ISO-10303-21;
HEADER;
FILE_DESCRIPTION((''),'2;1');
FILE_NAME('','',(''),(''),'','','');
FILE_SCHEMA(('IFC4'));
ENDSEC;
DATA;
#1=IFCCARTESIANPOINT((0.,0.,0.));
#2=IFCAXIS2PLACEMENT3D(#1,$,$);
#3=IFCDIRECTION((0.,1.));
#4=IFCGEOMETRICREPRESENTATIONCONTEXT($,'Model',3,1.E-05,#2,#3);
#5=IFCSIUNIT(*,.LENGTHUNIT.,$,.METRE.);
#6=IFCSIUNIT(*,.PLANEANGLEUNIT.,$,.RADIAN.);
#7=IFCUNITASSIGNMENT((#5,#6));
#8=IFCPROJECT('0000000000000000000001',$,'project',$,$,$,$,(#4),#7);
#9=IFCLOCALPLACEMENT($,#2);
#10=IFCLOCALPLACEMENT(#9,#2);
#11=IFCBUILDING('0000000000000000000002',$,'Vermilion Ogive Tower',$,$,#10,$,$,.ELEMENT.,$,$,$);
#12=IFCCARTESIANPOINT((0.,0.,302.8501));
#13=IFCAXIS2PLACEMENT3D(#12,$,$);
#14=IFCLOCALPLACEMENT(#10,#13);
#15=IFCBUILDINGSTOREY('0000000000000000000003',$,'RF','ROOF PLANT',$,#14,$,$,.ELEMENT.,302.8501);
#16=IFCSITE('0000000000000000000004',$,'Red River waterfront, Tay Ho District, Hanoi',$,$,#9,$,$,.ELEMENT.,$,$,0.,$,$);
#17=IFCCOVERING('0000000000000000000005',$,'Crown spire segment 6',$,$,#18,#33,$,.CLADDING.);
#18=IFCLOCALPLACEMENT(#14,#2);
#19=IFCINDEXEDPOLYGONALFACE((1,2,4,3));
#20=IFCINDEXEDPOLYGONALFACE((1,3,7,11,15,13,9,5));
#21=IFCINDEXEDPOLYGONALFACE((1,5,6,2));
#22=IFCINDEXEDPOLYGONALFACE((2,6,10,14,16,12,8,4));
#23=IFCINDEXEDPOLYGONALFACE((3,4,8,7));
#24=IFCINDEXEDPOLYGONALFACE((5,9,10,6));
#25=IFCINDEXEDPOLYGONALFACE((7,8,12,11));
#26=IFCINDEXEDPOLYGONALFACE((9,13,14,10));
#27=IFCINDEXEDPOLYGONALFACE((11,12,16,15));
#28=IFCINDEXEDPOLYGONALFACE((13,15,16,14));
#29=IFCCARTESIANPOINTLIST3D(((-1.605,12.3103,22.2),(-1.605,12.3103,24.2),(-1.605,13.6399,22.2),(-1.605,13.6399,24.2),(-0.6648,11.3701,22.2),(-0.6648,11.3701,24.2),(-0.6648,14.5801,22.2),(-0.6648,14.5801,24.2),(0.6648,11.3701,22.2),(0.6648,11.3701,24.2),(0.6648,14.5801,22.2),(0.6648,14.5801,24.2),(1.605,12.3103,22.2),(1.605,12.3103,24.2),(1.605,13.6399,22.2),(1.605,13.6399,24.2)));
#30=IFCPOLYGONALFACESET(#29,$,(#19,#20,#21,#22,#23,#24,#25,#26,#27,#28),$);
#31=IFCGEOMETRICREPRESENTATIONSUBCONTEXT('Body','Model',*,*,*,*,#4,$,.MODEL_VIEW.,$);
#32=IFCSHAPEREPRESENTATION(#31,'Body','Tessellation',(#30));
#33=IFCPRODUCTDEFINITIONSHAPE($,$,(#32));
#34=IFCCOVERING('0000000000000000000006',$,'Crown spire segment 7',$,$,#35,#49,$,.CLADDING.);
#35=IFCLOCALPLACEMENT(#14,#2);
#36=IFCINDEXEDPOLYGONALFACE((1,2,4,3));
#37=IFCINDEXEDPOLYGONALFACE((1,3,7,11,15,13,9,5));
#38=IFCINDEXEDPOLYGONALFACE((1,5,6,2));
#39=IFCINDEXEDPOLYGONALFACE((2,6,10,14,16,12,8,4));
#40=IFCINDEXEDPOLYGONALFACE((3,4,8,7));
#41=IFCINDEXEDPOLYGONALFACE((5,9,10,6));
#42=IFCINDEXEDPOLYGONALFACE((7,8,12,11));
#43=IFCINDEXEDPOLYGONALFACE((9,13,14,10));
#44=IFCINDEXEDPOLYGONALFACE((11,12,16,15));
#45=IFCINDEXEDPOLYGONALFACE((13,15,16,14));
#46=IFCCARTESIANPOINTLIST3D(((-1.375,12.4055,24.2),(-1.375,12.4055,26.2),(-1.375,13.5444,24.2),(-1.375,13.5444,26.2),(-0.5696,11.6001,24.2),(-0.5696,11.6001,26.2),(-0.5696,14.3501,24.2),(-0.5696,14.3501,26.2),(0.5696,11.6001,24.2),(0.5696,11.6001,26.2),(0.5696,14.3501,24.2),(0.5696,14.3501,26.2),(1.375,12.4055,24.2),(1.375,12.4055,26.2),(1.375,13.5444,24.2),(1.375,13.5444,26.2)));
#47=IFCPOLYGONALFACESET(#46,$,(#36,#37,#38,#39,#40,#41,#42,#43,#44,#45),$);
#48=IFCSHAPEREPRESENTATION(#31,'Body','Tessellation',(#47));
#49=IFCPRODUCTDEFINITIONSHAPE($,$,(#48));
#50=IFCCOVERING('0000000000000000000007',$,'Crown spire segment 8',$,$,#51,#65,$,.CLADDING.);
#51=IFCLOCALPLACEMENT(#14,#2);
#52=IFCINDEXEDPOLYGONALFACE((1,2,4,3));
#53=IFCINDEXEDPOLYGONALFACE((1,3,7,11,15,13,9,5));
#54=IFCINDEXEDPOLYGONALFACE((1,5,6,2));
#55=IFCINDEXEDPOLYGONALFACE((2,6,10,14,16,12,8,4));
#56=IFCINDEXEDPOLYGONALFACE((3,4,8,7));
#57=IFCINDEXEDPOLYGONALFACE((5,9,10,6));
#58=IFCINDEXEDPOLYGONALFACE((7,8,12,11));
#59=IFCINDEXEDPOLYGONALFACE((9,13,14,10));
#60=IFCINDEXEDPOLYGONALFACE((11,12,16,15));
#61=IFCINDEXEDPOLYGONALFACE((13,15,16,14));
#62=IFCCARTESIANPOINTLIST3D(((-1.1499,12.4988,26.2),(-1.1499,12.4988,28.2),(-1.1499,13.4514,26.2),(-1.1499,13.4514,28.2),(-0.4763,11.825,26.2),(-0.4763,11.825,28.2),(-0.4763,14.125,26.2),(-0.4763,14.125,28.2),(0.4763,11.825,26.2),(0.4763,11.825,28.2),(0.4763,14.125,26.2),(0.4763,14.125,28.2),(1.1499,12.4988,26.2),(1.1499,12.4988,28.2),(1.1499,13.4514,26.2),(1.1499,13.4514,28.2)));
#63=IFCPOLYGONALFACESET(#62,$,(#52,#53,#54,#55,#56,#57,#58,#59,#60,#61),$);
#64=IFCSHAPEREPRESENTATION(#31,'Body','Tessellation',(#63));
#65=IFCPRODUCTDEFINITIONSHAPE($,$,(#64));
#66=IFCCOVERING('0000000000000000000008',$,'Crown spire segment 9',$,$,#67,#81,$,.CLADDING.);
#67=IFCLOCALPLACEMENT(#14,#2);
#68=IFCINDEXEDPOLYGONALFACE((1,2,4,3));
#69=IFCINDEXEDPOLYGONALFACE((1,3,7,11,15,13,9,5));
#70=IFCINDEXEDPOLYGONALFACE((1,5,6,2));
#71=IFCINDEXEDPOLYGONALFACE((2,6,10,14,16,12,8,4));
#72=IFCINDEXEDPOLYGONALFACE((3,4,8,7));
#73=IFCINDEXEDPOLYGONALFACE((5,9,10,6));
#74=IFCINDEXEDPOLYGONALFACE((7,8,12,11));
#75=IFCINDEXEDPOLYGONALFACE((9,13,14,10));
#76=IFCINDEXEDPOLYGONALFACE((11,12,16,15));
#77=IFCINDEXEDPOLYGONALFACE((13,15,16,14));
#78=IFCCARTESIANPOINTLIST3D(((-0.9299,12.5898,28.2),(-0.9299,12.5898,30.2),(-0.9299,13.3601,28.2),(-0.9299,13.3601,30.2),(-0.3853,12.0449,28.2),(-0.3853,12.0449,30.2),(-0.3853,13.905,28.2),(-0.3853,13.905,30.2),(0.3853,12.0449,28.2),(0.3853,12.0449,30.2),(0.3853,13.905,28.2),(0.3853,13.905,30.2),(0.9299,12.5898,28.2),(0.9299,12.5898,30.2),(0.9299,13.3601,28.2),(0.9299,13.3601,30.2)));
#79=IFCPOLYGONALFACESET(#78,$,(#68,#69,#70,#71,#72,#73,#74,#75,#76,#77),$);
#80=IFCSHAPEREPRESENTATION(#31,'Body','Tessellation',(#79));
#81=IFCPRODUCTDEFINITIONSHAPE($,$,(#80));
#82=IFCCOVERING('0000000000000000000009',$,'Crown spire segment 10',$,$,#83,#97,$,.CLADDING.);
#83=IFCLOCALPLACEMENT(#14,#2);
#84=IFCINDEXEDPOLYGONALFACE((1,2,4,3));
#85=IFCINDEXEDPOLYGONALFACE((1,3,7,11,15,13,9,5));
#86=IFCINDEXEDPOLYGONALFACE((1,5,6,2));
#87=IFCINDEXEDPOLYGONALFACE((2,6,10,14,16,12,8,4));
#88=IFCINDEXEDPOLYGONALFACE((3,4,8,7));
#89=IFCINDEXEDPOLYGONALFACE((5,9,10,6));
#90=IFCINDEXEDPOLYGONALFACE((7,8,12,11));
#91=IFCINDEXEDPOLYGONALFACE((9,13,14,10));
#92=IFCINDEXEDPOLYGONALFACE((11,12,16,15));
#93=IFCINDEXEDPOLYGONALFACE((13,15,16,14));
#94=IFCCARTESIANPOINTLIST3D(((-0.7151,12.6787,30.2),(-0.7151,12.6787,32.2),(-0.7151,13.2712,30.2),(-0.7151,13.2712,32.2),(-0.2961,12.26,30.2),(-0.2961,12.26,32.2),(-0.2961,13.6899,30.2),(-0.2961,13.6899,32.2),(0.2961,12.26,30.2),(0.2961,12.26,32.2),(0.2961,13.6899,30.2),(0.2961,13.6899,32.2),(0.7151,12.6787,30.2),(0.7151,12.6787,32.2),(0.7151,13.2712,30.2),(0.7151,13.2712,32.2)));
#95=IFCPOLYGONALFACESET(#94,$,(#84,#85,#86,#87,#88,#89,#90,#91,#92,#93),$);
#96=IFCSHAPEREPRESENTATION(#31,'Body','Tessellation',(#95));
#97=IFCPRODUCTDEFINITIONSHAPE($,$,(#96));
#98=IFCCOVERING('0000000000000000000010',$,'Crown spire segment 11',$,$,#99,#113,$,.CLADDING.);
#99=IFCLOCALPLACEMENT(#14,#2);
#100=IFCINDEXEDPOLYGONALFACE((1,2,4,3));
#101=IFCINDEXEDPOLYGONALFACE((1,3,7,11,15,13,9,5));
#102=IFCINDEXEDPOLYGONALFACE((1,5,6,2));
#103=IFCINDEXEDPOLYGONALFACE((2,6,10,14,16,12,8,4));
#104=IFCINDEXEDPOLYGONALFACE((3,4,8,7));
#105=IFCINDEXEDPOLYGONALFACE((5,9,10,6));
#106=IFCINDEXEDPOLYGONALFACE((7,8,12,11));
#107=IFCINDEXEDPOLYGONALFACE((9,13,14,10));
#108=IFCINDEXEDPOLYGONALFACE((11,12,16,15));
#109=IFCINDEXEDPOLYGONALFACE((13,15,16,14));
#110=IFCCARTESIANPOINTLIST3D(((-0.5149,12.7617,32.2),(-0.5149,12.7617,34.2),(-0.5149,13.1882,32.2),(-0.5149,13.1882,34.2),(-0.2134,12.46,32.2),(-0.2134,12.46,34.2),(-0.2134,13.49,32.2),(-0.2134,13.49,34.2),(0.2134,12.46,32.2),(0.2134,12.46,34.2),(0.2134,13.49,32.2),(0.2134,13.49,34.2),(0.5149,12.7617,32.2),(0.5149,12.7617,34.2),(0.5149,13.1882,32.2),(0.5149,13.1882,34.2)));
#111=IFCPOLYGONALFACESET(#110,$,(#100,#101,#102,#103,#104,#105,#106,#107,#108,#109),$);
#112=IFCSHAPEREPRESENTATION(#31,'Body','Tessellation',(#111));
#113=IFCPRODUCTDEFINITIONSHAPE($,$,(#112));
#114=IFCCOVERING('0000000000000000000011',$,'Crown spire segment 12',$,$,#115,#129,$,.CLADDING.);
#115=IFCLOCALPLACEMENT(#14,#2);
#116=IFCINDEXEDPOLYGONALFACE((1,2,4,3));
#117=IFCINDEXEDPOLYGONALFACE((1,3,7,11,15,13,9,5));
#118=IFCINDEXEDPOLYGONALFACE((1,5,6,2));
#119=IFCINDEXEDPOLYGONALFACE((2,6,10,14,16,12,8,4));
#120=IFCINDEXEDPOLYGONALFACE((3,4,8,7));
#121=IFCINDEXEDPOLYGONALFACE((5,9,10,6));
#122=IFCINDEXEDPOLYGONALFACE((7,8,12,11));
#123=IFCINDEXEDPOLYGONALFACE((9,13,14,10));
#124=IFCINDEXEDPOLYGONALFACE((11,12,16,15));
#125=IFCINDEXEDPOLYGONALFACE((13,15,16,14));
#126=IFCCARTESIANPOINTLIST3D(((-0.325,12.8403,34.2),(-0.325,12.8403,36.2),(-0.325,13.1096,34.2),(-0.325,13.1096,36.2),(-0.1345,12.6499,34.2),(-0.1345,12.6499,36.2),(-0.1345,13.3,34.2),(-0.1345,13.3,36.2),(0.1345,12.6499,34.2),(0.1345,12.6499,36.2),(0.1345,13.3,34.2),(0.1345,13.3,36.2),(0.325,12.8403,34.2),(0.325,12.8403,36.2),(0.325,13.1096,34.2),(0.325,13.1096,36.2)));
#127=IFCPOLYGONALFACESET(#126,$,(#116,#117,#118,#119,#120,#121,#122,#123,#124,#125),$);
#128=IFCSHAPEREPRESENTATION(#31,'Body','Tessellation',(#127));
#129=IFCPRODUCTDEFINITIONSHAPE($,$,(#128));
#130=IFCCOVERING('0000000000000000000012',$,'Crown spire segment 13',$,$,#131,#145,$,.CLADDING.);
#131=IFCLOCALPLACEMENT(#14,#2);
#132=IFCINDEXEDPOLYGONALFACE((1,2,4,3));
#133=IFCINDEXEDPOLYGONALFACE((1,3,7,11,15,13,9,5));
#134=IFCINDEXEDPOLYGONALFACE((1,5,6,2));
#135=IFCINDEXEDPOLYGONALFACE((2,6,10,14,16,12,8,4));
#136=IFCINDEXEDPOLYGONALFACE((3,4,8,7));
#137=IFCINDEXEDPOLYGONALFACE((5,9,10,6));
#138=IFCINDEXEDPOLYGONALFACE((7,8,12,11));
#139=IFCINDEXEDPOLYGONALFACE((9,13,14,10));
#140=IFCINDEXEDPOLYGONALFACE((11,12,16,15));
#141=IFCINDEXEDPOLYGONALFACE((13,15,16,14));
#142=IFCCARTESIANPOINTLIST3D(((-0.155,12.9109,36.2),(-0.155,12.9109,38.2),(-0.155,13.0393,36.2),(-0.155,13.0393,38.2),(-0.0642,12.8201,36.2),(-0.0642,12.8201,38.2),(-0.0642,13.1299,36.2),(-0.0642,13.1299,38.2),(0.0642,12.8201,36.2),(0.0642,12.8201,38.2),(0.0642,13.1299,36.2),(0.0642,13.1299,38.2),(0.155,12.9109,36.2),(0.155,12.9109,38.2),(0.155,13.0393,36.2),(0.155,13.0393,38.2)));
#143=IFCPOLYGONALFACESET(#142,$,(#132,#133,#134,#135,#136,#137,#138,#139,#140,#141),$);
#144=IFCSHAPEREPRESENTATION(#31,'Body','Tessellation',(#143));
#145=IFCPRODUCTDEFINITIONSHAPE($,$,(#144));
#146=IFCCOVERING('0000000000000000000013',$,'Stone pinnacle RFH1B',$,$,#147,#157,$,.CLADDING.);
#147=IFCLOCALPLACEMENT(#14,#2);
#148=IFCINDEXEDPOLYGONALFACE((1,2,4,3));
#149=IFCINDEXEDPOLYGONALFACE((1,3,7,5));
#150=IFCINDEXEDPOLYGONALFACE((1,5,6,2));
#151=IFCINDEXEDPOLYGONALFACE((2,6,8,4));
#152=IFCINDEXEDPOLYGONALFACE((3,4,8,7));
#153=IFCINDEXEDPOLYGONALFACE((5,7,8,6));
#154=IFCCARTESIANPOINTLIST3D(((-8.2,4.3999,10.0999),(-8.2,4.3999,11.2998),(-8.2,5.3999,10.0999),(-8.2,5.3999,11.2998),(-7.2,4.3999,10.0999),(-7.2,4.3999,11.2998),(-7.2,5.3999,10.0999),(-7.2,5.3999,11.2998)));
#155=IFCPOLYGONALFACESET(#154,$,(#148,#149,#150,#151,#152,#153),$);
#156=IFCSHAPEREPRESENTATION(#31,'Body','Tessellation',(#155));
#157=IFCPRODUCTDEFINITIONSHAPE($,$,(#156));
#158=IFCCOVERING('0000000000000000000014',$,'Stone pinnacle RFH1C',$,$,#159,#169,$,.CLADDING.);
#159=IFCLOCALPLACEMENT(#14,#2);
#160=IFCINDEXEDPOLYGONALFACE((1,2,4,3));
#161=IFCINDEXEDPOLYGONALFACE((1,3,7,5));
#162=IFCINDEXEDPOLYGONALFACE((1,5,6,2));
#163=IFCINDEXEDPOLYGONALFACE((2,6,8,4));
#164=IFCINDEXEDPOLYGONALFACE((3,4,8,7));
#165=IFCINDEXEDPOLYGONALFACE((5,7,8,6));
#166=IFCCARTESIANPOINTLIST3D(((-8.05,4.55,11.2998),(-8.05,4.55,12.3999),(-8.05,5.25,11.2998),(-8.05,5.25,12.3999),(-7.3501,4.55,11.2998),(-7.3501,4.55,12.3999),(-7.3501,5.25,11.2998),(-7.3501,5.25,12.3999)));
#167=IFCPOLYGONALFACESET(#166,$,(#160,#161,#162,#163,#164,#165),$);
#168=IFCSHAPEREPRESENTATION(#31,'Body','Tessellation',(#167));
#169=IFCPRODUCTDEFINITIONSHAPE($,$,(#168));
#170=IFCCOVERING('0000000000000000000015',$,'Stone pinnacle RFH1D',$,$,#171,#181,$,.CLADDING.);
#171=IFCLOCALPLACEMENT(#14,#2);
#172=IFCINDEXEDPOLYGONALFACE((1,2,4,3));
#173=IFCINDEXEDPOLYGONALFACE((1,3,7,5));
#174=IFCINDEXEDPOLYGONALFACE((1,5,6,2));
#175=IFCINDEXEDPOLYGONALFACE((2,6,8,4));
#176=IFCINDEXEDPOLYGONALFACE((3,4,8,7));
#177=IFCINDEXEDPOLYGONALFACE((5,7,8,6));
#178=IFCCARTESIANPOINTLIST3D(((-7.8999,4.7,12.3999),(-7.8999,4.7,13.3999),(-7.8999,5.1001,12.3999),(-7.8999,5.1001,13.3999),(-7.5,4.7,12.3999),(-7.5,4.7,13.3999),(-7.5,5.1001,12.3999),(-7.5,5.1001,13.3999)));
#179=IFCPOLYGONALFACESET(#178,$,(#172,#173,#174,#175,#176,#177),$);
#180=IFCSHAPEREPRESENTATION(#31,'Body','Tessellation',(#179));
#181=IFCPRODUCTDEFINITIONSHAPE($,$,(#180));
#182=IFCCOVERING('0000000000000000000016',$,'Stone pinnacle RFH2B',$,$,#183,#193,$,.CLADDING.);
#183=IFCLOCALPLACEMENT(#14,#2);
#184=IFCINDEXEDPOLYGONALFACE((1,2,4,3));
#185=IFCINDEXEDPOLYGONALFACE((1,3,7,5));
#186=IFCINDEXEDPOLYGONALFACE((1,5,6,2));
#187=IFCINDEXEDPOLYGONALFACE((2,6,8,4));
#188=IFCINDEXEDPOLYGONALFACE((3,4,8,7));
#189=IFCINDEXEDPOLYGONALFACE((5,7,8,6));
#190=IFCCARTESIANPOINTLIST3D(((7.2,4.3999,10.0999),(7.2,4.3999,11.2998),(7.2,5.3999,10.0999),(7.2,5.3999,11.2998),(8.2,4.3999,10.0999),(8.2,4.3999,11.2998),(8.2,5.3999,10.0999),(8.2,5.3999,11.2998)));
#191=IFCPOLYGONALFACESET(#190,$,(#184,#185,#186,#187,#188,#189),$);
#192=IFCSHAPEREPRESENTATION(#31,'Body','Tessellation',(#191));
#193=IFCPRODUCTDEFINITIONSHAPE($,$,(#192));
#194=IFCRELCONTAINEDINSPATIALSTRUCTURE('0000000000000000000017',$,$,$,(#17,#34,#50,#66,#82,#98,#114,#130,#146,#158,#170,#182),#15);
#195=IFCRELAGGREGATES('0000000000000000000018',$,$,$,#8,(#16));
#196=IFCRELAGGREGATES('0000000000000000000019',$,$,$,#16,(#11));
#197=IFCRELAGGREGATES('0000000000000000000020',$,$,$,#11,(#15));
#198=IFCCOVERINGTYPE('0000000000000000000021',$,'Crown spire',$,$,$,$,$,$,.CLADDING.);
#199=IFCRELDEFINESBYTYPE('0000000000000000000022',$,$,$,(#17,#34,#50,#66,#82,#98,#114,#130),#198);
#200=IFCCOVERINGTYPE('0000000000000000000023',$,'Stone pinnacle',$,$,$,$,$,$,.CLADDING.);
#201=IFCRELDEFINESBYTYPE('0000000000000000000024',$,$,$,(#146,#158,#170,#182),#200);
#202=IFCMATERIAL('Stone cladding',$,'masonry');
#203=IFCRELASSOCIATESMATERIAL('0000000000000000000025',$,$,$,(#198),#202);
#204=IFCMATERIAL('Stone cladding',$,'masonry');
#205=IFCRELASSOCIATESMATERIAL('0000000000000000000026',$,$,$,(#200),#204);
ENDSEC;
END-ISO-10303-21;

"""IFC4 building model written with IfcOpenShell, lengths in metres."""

from ifc_helpers import new_model, si_unit, direction, frame, origin, place, context, subcontext, project, spatial, polyline, outline, extrude, material, type_object, element, save


model = new_model("IFC4")

# Units and contexts
model_context = context("Model", 3, precision=1e-05, world=origin(), true_north=direction((0.0, 1.0)))
body_context = subcontext(model_context, "Body", "Model", "MODEL_VIEW")
ifc_project = project(units=[si_unit("LENGTHUNIT", "METRE"), si_unit("PLANEANGLEUNIT", "RADIAN")], contexts=[model_context])

# Site, building, storey
site_placement = place(None, origin())
site = spatial("IfcSite", under=ifc_project, at=site_placement, Name="Red River waterfront, Tay Ho District, Hanoi", CompositionType="ELEMENT", RefElevation=0.0)
building_placement = place(site_placement, origin())
building = spatial("IfcBuilding", under=site, at=building_placement, Name="Vermilion Ogive Tower", CompositionType="ELEMENT")
storey_placement = place(building_placement, frame((0.0, 0.0, 302.8501)))
storey = spatial("IfcBuildingStorey", under=building, at=storey_placement, Name="RF", Description="ROOF PLANT", CompositionType="ELEMENT", Elevation=302.8501)

# Coverings
ifc_material_1 = material(Name="Stone cladding", Category="masonry")
covering_type_1 = type_object("IfcCoveringType", Name="Crown spire", PredefinedType="CLADDING", material=ifc_material_1)
covering_1_placement = place(storey_placement, frame((0.0, 0.0, 22.2)))
element("IfcCovering", 1, at=covering_1_placement, inside=storey, type_object=covering_type_1, Name="Crown spire segment 6", PredefinedType="CLADDING", context=body_context, shape_type="SweptSolid", body=[
    extrude(outline(polyline([(1.605, 13.6399), (0.6648, 14.5801), (-0.6648, 14.5801), (-1.605, 13.6399), (-1.605, 12.3103), (-0.6648, 11.3701), (0.6648, 11.3701), (1.605, 12.3103), (1.605, 13.6399)])), origin(), (0.0, 0.0, 1.0), 2.0),
])
covering_2_placement = place(storey_placement, frame((0.0, 0.0, 24.2)))
element("IfcCovering", 2, at=covering_2_placement, inside=storey, type_object=covering_type_1, Name="Crown spire segment 7", PredefinedType="CLADDING", context=body_context, shape_type="SweptSolid", body=[
    extrude(outline(polyline([(1.375, 13.5444), (0.5696, 14.3501), (-0.5696, 14.3501), (-1.375, 13.5444), (-1.375, 12.4055), (-0.5696, 11.6001), (0.5696, 11.6001), (1.375, 12.4055), (1.375, 13.5444)])), origin(), (0.0, 0.0, 1.0), 2.0),
])
covering_3_placement = place(storey_placement, frame((0.0, 0.0, 26.2)))
element("IfcCovering", 3, at=covering_3_placement, inside=storey, type_object=covering_type_1, Name="Crown spire segment 8", PredefinedType="CLADDING", context=body_context, shape_type="SweptSolid", body=[
    extrude(outline(polyline([(1.1499, 13.4514), (0.4763, 14.125), (-0.4763, 14.125), (-1.1499, 13.4514), (-1.1499, 12.4988), (-0.4763, 11.825), (0.4763, 11.825), (1.1499, 12.4988), (1.1499, 13.4514)])), origin(), (0.0, 0.0, 1.0), 2.0),
])
covering_4_placement = place(storey_placement, frame((0.0, 0.0, 28.2)))
element("IfcCovering", 4, at=covering_4_placement, inside=storey, type_object=covering_type_1, Name="Crown spire segment 9", PredefinedType="CLADDING", context=body_context, shape_type="SweptSolid", body=[
    extrude(outline(polyline([(0.9299, 13.3601), (0.3853, 13.905), (-0.3853, 13.905), (-0.9299, 13.3601), (-0.9299, 12.5898), (-0.3853, 12.0449), (0.3853, 12.0449), (0.9299, 12.5898), (0.9299, 13.3601)])), origin(), (0.0, 0.0, 1.0), 2.0),
])
covering_5_placement = place(storey_placement, frame((0.0, 0.0, 30.2)))
element("IfcCovering", 5, at=covering_5_placement, inside=storey, type_object=covering_type_1, Name="Crown spire segment 10", PredefinedType="CLADDING", context=body_context, shape_type="SweptSolid", body=[
    extrude(outline(polyline([(0.7151, 13.2712), (0.2961, 13.6899), (-0.2961, 13.6899), (-0.7151, 13.2712), (-0.7151, 12.6787), (-0.2961, 12.26), (0.2961, 12.26), (0.7151, 12.6787), (0.7151, 13.2712)])), origin(), (0.0, 0.0, 1.0), 2.0),
])
covering_6_placement = place(storey_placement, frame((0.0, 0.0, 32.2)))
element("IfcCovering", 6, at=covering_6_placement, inside=storey, type_object=covering_type_1, Name="Crown spire segment 11", PredefinedType="CLADDING", context=body_context, shape_type="SweptSolid", body=[
    extrude(outline(polyline([(0.5149, 13.1882), (0.2134, 13.49), (-0.2134, 13.49), (-0.5149, 13.1882), (-0.5149, 12.7617), (-0.2134, 12.46), (0.2134, 12.46), (0.5149, 12.7617), (0.5149, 13.1882)])), origin(), (0.0, 0.0, 1.0), 2.0),
])
covering_7_placement = place(storey_placement, frame((0.0, 0.0, 34.2)))
element("IfcCovering", 7, at=covering_7_placement, inside=storey, type_object=covering_type_1, Name="Crown spire segment 12", PredefinedType="CLADDING", context=body_context, shape_type="SweptSolid", body=[
    extrude(outline(polyline([(0.325, 13.1096), (0.1345, 13.3), (-0.1345, 13.3), (-0.325, 13.1096), (-0.325, 12.8403), (-0.1345, 12.6499), (0.1345, 12.6499), (0.325, 12.8403), (0.325, 13.1096)])), origin(), (0.0, 0.0, 1.0), 2.0),
])
covering_8_placement = place(storey_placement, frame((0.0, 0.0, 36.2)))
element("IfcCovering", 8, at=covering_8_placement, inside=storey, type_object=covering_type_1, Name="Crown spire segment 13", PredefinedType="CLADDING", context=body_context, shape_type="SweptSolid", body=[
    extrude(outline(polyline([(0.155, 13.0393), (0.0642, 13.1299), (-0.0642, 13.1299), (-0.155, 13.0393), (-0.155, 12.9109), (-0.0642, 12.8201), (0.0642, 12.8201), (0.155, 12.9109), (0.155, 13.0393)])), origin(), (0.0, 0.0, 1.0), 2.0),
])
ifc_material_2 = material(Name="Stone cladding", Category="masonry")
covering_type_2 = type_object("IfcCoveringType", Name="Stone pinnacle", PredefinedType="CLADDING", material=ifc_material_2)
covering_9_placement = place(storey_placement, frame((0.0, 0.0, 10.0999)))
element("IfcCovering", 9, at=covering_9_placement, inside=storey, type_object=covering_type_2, Name="Stone pinnacle RFH1B", PredefinedType="CLADDING", context=body_context, shape_type="SweptSolid", body=[
    extrude(outline(polyline([(-8.2, 4.3999), (-7.2, 4.3999), (-7.2, 5.3999), (-8.2, 5.3999), (-8.2, 4.3999)])), origin(), (0.0, 0.0, 1.0), 1.2),
])
covering_10_placement = place(storey_placement, frame((0.0, 0.0, 11.2998)))
element("IfcCovering", 10, at=covering_10_placement, inside=storey, type_object=covering_type_2, Name="Stone pinnacle RFH1C", PredefinedType="CLADDING", context=body_context, shape_type="SweptSolid", body=[
    extrude(outline(polyline([(-8.05, 4.55), (-7.3501, 4.55), (-7.3501, 5.25), (-8.05, 5.25), (-8.05, 4.55)])), origin(), (0.0, 0.0, 1.0), 1.1001),
])
covering_11_placement = place(storey_placement, frame((0.0, 0.0, 12.3999)))
element("IfcCovering", 11, at=covering_11_placement, inside=storey, type_object=covering_type_2, Name="Stone pinnacle RFH1D", PredefinedType="CLADDING", context=body_context, shape_type="SweptSolid", body=[
    extrude(outline(polyline([(-7.8999, 4.7), (-7.5, 4.7), (-7.5, 5.1001), (-7.8999, 5.1001), (-7.8999, 4.7)])), origin(), (0.0, 0.0, 1.0), 1.0),
])
covering_12_placement = place(storey_placement, frame((0.0, 0.0, 10.0999)))
element("IfcCovering", 12, at=covering_12_placement, inside=storey, type_object=covering_type_2, Name="Stone pinnacle RFH2B", PredefinedType="CLADDING", context=body_context, shape_type="SweptSolid", body=[
    extrude(outline(polyline([(7.2, 4.3999), (8.2, 4.3999), (8.2, 5.3999), (7.2, 5.3999), (7.2, 4.3999)])), origin(), (0.0, 0.0, 1.0), 1.2),
])

save(model, "model.ifc")
